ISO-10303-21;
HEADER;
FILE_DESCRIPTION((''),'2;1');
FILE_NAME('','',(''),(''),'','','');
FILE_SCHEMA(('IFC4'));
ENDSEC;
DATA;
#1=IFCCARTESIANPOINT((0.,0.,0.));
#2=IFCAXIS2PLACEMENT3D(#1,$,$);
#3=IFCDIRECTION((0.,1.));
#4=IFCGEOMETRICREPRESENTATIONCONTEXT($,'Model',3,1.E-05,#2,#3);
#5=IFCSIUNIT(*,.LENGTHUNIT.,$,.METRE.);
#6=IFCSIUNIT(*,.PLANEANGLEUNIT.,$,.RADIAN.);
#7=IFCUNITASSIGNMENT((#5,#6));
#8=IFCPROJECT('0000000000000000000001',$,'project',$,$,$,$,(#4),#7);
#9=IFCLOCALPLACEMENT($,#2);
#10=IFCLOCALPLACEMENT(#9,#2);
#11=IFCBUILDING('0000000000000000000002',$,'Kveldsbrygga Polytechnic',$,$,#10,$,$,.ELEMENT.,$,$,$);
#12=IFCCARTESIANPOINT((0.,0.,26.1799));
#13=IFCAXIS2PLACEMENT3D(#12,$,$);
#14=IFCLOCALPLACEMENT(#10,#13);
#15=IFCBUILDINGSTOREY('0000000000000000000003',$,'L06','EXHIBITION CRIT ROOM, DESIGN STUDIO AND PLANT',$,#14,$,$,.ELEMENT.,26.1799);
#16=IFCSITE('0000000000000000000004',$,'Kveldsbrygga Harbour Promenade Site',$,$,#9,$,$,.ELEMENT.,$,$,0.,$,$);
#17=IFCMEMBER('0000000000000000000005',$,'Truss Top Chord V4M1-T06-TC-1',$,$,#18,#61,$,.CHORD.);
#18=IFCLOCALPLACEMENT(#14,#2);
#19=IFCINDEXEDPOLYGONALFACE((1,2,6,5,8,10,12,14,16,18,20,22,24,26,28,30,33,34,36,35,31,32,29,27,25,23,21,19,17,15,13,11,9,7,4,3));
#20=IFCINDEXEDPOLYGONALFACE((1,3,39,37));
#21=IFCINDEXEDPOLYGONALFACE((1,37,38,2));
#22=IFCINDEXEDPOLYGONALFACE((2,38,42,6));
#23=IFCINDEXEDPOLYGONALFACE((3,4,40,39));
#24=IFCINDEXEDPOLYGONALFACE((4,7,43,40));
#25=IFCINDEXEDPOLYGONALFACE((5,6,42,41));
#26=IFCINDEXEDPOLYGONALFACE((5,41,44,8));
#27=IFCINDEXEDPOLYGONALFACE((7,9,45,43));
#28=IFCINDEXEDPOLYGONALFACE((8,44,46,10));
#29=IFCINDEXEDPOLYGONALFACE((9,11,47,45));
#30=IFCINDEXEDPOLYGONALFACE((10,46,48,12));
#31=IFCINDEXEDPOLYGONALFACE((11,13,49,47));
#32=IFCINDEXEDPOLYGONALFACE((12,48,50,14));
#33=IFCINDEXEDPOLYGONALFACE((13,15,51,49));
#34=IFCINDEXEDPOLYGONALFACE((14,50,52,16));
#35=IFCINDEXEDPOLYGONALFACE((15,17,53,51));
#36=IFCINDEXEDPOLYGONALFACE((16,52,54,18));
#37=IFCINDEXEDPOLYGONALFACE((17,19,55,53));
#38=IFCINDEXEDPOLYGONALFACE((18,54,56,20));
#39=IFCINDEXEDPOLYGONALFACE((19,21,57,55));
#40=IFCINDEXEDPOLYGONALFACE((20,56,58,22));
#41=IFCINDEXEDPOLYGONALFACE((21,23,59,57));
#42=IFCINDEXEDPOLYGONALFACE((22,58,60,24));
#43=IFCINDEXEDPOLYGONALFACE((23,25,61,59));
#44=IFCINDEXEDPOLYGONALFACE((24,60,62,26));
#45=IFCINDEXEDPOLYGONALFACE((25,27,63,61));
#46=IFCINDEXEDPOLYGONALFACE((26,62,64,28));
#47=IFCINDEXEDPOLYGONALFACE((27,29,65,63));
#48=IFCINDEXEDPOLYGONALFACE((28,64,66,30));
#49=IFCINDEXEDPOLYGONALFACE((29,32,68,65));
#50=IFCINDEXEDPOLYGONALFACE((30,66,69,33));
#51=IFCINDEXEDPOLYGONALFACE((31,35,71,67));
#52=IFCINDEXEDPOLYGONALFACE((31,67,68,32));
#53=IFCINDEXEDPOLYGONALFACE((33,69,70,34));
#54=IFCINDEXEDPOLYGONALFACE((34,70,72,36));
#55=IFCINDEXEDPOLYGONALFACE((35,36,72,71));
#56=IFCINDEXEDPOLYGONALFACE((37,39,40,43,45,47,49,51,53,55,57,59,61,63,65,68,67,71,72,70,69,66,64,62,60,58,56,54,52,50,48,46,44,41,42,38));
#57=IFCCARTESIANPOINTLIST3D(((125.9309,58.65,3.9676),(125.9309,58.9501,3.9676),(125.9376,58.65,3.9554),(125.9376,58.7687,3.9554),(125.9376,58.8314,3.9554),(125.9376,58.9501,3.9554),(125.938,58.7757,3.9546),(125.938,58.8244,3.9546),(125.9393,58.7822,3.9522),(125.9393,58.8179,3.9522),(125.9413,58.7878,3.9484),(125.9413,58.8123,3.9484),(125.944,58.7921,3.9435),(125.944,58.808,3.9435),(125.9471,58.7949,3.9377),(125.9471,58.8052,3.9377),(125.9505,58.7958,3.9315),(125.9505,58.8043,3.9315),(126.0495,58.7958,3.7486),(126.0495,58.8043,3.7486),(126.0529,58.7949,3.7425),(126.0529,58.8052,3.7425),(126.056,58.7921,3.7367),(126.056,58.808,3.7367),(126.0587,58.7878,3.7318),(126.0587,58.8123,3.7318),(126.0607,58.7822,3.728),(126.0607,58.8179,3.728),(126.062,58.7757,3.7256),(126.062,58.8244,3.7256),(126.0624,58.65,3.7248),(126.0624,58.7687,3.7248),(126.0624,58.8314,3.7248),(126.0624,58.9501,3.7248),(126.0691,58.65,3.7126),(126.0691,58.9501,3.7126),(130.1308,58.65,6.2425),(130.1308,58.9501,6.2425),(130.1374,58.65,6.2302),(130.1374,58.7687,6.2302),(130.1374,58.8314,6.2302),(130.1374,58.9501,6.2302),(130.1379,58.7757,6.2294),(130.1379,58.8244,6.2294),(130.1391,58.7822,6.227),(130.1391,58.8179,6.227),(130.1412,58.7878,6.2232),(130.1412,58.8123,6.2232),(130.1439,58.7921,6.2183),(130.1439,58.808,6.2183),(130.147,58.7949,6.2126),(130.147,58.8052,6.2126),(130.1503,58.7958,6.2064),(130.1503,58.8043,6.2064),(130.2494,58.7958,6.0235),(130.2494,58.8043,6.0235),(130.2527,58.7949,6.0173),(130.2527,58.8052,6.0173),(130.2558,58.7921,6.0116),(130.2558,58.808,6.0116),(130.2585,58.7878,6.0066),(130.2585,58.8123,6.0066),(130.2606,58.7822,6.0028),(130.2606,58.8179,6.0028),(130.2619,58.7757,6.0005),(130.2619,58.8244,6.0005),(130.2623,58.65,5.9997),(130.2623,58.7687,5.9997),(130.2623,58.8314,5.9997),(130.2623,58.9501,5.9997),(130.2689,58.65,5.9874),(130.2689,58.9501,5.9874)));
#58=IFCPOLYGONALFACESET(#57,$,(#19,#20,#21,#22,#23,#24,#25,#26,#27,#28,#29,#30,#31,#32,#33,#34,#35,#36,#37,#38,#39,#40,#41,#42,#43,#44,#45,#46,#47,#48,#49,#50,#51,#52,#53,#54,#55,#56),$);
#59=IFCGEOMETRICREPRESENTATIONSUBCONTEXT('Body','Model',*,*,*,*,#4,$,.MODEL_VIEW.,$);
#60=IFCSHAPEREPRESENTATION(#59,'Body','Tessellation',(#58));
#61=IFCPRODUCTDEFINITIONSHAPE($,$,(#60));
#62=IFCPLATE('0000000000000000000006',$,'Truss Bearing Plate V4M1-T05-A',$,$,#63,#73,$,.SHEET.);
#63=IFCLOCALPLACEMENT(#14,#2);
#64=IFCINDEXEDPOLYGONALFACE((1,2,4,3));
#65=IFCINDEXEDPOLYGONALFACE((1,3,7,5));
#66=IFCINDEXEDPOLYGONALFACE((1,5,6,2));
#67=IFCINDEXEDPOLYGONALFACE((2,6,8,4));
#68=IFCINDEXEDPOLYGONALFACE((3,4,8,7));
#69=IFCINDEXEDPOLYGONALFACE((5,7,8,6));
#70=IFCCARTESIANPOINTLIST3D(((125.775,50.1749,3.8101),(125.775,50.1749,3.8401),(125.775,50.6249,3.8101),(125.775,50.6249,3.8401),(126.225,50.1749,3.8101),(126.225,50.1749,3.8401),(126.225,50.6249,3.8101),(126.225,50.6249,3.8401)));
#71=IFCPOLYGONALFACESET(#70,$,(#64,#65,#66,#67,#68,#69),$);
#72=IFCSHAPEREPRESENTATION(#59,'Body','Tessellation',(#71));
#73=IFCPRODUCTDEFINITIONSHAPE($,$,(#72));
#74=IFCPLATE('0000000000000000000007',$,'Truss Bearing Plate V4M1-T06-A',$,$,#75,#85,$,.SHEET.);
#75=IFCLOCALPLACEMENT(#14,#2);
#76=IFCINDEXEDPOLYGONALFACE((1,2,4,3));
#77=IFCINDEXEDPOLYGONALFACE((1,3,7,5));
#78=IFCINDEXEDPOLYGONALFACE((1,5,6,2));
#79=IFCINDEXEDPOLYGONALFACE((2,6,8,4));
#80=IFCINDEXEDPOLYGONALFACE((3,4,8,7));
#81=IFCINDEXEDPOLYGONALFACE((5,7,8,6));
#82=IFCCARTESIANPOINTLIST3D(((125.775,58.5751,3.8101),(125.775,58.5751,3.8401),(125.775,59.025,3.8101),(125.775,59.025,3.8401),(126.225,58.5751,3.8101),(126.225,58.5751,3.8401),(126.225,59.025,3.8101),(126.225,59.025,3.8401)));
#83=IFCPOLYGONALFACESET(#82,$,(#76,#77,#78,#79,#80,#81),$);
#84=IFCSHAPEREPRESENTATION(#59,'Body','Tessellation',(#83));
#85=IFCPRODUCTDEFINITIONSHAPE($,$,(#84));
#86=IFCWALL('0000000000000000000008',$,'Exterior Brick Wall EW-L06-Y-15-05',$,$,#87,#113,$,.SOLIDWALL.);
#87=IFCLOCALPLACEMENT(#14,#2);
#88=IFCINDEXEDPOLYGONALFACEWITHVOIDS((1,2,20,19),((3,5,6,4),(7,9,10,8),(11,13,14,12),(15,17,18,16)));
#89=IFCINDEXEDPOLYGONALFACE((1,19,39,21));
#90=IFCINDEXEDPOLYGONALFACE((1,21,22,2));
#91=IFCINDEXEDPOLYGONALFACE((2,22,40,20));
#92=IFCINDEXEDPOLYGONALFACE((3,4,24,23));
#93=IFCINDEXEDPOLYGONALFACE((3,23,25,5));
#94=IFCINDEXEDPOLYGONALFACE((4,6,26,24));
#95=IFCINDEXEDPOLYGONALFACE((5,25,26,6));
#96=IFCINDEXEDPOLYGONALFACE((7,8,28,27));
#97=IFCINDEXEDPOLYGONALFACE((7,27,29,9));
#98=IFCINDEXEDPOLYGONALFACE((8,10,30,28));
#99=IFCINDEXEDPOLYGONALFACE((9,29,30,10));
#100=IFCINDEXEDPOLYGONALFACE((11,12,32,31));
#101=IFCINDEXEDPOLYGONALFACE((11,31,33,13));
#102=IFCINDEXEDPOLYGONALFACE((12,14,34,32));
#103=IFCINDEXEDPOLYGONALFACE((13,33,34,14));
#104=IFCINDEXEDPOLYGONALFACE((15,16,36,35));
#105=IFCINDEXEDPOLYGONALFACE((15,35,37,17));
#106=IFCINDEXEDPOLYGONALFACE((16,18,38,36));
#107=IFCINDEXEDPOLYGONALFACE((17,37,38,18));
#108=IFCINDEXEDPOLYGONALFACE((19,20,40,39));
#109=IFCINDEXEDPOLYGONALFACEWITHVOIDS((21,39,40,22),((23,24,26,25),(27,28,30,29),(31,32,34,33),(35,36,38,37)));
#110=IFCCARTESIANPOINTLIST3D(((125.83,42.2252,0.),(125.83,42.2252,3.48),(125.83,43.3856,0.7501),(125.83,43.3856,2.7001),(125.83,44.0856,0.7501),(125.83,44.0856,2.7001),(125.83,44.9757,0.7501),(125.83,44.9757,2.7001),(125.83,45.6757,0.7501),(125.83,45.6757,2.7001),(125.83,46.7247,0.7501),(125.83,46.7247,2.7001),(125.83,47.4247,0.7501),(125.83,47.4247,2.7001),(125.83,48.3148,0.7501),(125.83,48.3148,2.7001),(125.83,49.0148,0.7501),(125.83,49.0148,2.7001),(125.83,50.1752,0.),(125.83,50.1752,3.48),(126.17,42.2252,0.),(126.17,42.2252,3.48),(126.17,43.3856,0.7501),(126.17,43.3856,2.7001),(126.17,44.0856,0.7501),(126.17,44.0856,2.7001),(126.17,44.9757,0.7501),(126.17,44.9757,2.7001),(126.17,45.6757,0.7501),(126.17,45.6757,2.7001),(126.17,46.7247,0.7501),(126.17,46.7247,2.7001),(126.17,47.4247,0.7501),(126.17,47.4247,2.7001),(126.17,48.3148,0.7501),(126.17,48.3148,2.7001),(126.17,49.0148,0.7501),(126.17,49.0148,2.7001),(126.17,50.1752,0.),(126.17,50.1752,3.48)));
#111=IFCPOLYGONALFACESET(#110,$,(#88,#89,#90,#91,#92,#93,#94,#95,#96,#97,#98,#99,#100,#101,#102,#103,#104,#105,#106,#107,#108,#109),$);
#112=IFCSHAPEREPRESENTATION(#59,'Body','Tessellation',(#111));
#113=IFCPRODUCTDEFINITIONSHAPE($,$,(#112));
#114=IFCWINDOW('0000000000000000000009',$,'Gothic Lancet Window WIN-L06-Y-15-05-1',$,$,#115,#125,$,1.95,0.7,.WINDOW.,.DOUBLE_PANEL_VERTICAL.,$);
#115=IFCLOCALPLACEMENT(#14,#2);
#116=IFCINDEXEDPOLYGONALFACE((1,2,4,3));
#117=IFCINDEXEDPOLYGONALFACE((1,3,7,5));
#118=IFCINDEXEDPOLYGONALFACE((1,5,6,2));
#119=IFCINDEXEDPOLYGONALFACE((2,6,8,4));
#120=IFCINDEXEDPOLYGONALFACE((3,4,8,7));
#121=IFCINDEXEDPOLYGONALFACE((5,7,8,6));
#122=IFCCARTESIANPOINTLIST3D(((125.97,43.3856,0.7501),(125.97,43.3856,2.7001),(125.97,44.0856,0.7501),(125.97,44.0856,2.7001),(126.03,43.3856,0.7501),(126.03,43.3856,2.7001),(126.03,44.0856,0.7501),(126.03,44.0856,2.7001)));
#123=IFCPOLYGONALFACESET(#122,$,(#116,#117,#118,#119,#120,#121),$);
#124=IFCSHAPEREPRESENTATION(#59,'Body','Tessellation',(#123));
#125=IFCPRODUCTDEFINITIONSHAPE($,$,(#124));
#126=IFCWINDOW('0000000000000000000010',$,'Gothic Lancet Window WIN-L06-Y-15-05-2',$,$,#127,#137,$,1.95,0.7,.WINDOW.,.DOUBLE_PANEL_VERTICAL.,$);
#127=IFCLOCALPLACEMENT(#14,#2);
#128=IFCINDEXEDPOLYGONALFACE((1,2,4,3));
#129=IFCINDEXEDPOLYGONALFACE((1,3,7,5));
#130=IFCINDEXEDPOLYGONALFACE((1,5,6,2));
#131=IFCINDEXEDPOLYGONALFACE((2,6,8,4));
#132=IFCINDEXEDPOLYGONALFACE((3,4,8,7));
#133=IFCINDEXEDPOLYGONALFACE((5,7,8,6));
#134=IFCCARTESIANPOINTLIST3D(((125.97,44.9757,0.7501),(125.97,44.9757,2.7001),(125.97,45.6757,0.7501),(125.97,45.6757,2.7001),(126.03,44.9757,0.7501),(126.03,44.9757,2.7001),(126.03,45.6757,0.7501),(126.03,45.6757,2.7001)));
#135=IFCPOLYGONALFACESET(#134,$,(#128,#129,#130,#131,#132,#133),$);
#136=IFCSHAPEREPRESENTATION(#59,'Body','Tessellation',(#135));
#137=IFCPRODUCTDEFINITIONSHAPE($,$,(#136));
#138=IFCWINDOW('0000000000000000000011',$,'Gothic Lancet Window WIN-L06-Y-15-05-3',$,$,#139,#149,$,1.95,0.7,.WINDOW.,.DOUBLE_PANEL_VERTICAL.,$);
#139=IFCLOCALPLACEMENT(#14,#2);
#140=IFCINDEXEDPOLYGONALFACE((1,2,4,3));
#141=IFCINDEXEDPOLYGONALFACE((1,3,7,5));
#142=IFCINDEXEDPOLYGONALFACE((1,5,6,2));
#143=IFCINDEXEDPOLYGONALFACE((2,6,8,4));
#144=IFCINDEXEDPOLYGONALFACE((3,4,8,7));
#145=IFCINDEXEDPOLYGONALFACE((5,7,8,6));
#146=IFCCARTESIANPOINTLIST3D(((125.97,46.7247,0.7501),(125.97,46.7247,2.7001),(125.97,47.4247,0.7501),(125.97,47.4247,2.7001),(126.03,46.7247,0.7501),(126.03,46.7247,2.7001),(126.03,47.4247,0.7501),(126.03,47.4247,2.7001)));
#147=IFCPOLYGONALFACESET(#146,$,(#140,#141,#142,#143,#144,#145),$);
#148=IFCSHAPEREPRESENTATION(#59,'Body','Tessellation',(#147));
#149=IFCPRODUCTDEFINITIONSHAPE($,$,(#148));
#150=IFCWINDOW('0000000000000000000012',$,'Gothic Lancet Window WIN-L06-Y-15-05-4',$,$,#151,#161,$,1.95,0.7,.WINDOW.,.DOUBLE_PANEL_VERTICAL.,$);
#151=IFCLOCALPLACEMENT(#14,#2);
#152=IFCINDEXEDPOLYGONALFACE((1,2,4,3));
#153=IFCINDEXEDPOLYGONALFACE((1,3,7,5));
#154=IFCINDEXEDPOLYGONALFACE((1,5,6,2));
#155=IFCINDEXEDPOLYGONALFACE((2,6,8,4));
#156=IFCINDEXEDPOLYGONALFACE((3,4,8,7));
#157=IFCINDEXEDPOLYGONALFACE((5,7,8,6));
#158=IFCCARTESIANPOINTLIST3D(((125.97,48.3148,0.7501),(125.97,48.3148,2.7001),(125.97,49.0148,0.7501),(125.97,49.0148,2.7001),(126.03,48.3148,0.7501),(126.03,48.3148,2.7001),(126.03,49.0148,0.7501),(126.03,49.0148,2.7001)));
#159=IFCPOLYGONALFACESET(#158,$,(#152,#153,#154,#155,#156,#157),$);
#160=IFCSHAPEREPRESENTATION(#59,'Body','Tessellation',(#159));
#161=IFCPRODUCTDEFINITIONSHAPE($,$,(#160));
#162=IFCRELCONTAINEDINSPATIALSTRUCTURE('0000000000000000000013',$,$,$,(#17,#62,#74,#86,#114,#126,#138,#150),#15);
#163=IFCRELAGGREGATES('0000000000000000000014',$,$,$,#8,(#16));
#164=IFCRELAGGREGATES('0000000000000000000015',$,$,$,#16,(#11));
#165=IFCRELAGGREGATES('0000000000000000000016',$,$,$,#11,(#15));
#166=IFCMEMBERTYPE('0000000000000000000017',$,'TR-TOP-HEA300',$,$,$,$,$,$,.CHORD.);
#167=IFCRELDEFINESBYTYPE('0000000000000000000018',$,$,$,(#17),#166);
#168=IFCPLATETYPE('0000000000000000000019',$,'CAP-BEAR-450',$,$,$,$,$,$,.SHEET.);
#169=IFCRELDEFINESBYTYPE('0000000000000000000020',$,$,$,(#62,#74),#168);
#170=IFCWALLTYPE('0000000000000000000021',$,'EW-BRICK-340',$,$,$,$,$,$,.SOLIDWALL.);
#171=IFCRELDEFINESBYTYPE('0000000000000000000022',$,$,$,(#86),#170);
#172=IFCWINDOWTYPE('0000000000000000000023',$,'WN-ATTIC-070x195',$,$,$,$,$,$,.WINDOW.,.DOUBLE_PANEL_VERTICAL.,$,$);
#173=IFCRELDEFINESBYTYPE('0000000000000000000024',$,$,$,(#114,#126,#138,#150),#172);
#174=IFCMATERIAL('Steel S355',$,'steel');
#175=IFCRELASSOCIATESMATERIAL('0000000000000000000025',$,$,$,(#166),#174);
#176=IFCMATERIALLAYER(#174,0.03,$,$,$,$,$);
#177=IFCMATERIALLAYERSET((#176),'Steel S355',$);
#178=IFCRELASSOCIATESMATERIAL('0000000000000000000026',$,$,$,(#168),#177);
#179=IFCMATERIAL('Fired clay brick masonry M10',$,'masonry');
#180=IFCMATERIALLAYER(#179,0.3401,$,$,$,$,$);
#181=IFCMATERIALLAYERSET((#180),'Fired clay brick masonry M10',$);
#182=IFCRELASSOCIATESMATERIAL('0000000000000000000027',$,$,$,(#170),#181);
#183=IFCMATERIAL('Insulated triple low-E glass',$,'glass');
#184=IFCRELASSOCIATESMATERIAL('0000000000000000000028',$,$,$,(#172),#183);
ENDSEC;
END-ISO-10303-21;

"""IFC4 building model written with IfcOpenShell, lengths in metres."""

from ifc_helpers import new_model, si_unit, direction, frame, frame_2d, origin, origin_2d, place, context, subcontext, project, spatial, rectangle, i_section, extrude, material, layer, layer_set, material_profile, profile_set, type_object, element, fill, save


model = new_model("IFC4")

# Units and contexts
model_context = context("Model", 3, precision=1e-05, world=origin(), true_north=direction((0.0, 1.0)))
body_context = subcontext(model_context, "Body", "Model", "MODEL_VIEW")
ifc_project = project(units=[si_unit("LENGTHUNIT", "METRE"), si_unit("PLANEANGLEUNIT", "RADIAN")], contexts=[model_context])

# Site, building, storey
site_placement = place(None, origin())
site = spatial("IfcSite", under=ifc_project, at=site_placement, Name="Kveldsbrygga Harbour Promenade Site", CompositionType="ELEMENT", RefElevation=0.0)
building_placement = place(site_placement, origin())
building = spatial("IfcBuilding", under=site, at=building_placement, Name="Kveldsbrygga Polytechnic", CompositionType="ELEMENT")
storey_placement = place(building_placement, frame((0.0, 0.0, 26.1799)))
storey = spatial("IfcBuildingStorey", under=building, at=storey_placement, Name="L06", Description="EXHIBITION CRIT ROOM, DESIGN STUDIO AND PLANT", CompositionType="ELEMENT", Elevation=26.1799)

# Shared definitions
ifc_material_1 = material(Name="Steel S355", Category="steel")

# Member
ifc_material_profile_1 = material_profile(ifc_material_1, i_section(OverallWidth=0.3, OverallDepth=0.29, WebThickness=0.0085, FlangeThickness=0.0139, FilletRadius=0.0271, at=origin_2d()), Name="HEA 300")
ifc_profile_set_1 = profile_set([ifc_material_profile_1], Name="Steel S355")
member_type_1 = type_object("IfcMemberType", Name="TR-TOP-HEA300", PredefinedType="CHORD", material=ifc_profile_set_1)
for number, where, z_axis, x_axis, name in (
    (1, (126.0, 58.8, 3.8401), (0.879298, 0.0, 0.476272), (0.0, 1.0, 0.0), "Truss Top Chord V4M1-T06-TC-1"),
):
    element("IfcMember", number, at=place(storey_placement, frame(where, z_axis=z_axis, x_axis=x_axis)), inside=storey, type_object=member_type_1, Name=name, PredefinedType="CHORD", context=body_context, shape_type="SweptSolid", body=[
        extrude(i_section(OverallWidth=0.3, OverallDepth=0.29, WebThickness=0.0085, FlangeThickness=0.0139, FilletRadius=0.0271, at=origin_2d()), origin(), (0.0, 0.0, 1.0), 4.7764),
    ])

# Plates
ifc_layer_1 = layer(ifc_material_1, 0.03)
ifc_layer_set_1 = layer_set([ifc_layer_1], Name="Steel S355")
plate_type = type_object("IfcPlateType", Name="CAP-BEAR-450", PredefinedType="SHEET", material=ifc_layer_set_1)
for number, where, z_axis, x_axis, name in (
    (2, (126.0, 50.3999, 3.8101), (0.0, 0.0, 1.0), (1.0, 0.0, 0.0), "Truss Bearing Plate V4M1-T05-A"),
    (3, (126.0, 58.8, 3.8101), (0.0, 0.0, 1.0), (1.0, 0.0, 0.0), "Truss Bearing Plate V4M1-T06-A"),
):
    element("IfcPlate", number, at=place(storey_placement, frame(where, z_axis=z_axis, x_axis=x_axis)), inside=storey, type_object=plate_type, Name=name, PredefinedType="SHEET", context=body_context, shape_type="SweptSolid", body=[
        extrude(rectangle(XDim=0.45, YDim=0.45, at=origin_2d()), origin(), (0.0, 0.0, 1.0), 0.03),
    ])

# Wall, openings, windows
ifc_material_2 = material(Name="Fired clay brick masonry M10", Category="masonry")
ifc_layer_2 = layer(ifc_material_2, 0.3401)
ifc_layer_set_2 = layer_set([ifc_layer_2], Name="Fired clay brick masonry M10")
wall_type = type_object("IfcWallType", Name="EW-BRICK-340", PredefinedType="SOLIDWALL", material=ifc_layer_set_2)
wall_1_placement = place(storey_placement, frame((126.0, 42.2251, 0.0), z_axis=(0.0, 0.0, 1.0), x_axis=(0.0, 1.0, 0.0)))
wall_1 = element("IfcWall", 4, at=wall_1_placement, inside=storey, type_object=wall_type, Name="Exterior Brick Wall EW-L06-Y-15-05", PredefinedType="SOLIDWALL", context=body_context, shape_type="SweptSolid", body=[
    extrude(rectangle(XDim=7.95, YDim=0.3401, at=frame_2d((3.9751, 0.0))), origin(), (0.0, 0.0, 1.0), 3.48),
])
opening_1_placement = place(wall_1_placement, frame((1.1604, 0.0, 0.75)))
opening_1 = element("IfcOpeningElement", 5, at=opening_1_placement, cuts=wall_1, PredefinedType="OPENING", context=body_context, shape_type="SweptSolid", body=[
    extrude(rectangle(XDim=0.7, YDim=1.95, at=frame_2d((0.3501, 0.9751))), frame((0.0, 0.1802, 0.0), z_axis=(0.0, -1.0, 0.0), x_axis=(1.0, 0.0, 0.0)), (0.0, 0.0, 1.0), 0.3601),
])
opening_2_placement = place(wall_1_placement, frame((2.7505, 0.0, 0.75)))
opening_2 = element("IfcOpeningElement", 6, at=opening_2_placement, cuts=wall_1, PredefinedType="OPENING", context=body_context, shape_type="SweptSolid", body=[
    extrude(rectangle(XDim=0.7, YDim=1.95, at=frame_2d((0.3501, 0.9751))), frame((0.0, 0.1802, 0.0), z_axis=(0.0, -1.0, 0.0), x_axis=(1.0, 0.0, 0.0)), (0.0, 0.0, 1.0), 0.3601),
])
opening_3_placement = place(wall_1_placement, frame((4.4995, 0.0, 0.75)))
opening_3 = element("IfcOpeningElement", 7, at=opening_3_placement, cuts=wall_1, PredefinedType="OPENING", context=body_context, shape_type="SweptSolid", body=[
    extrude(rectangle(XDim=0.7, YDim=1.95, at=frame_2d((0.3501, 0.9751))), frame((0.0, 0.1802, 0.0), z_axis=(0.0, -1.0, 0.0), x_axis=(1.0, 0.0, 0.0)), (0.0, 0.0, 1.0), 0.3601),
])
opening_4_placement = place(wall_1_placement, frame((6.0896, 0.0, 0.75)))
opening_4 = element("IfcOpeningElement", 8, at=opening_4_placement, cuts=wall_1, PredefinedType="OPENING", context=body_context, shape_type="SweptSolid", body=[
    extrude(rectangle(XDim=0.7, YDim=1.95, at=frame_2d((0.3501, 0.9751))), frame((0.0, 0.1802, 0.0), z_axis=(0.0, -1.0, 0.0), x_axis=(1.0, 0.0, 0.0)), (0.0, 0.0, 1.0), 0.3601),
])
ifc_material_3 = material(Name="Insulated triple low-E glass", Category="glass")
window_type_1 = type_object("IfcWindowType", Name="WN-ATTIC-070x195", PartitioningType="DOUBLE_PANEL_VERTICAL", PredefinedType="WINDOW", material=ifc_material_3)
window_1_placement = place(opening_1_placement, origin())
window_1 = element("IfcWindow", 9, at=window_1_placement, inside=storey, type_object=window_type_1, Name="Gothic Lancet Window WIN-L06-Y-15-05-1", OverallHeight=1.95, OverallWidth=0.7, PartitioningType="DOUBLE_PANEL_VERTICAL", PredefinedType="WINDOW", context=body_context, shape_type="SweptSolid", body=[
    extrude(rectangle(XDim=0.7, YDim=1.95, at=frame_2d((0.3501, 0.9751))), frame((0.0, 0.03, 0.0), z_axis=(0.0, -1.0, 0.0), x_axis=(1.0, 0.0, 0.0)), (0.0, 0.0, 1.0), 0.0601),
])
fill(opening_1, window_1)
window_2_placement = place(opening_2_placement, origin())
window_2 = element("IfcWindow", 10, at=window_2_placement, inside=storey, type_object=window_type_1, Name="Gothic Lancet Window WIN-L06-Y-15-05-2", OverallHeight=1.95, OverallWidth=0.7, PartitioningType="DOUBLE_PANEL_VERTICAL", PredefinedType="WINDOW", context=body_context, shape_type="SweptSolid", body=[
    extrude(rectangle(XDim=0.7, YDim=1.95, at=frame_2d((0.3501, 0.9751))), frame((0.0, 0.03, 0.0), z_axis=(0.0, -1.0, 0.0), x_axis=(1.0, 0.0, 0.0)), (0.0, 0.0, 1.0), 0.0601),
])
fill(opening_2, window_2)
window_3_placement = place(opening_3_placement, origin())
window_3 = element("IfcWindow", 11, at=window_3_placement, inside=storey, type_object=window_type_1, Name="Gothic Lancet Window WIN-L06-Y-15-05-3", OverallHeight=1.95, OverallWidth=0.7, PartitioningType="DOUBLE_PANEL_VERTICAL", PredefinedType="WINDOW", context=body_context, shape_type="SweptSolid", body=[
    extrude(rectangle(XDim=0.7, YDim=1.95, at=frame_2d((0.3501, 0.9751))), frame((0.0, 0.03, 0.0), z_axis=(0.0, -1.0, 0.0), x_axis=(1.0, 0.0, 0.0)), (0.0, 0.0, 1.0), 0.0601),
])
fill(opening_3, window_3)
window_4_placement = place(opening_4_placement, origin())
window_4 = element("IfcWindow", 12, at=window_4_placement, inside=storey, type_object=window_type_1, Name="Gothic Lancet Window WIN-L06-Y-15-05-4", OverallHeight=1.95, OverallWidth=0.7, PartitioningType="DOUBLE_PANEL_VERTICAL", PredefinedType="WINDOW", context=body_context, shape_type="SweptSolid", body=[
    extrude(rectangle(XDim=0.7, YDim=1.95, at=frame_2d((0.3501, 0.9751))), frame((0.0, 0.03, 0.0), z_axis=(0.0, -1.0, 0.0), x_axis=(1.0, 0.0, 0.0)), (0.0, 0.0, 1.0), 0.0601),
])
fill(opening_4, window_4)

save(model, "model.ifc")
